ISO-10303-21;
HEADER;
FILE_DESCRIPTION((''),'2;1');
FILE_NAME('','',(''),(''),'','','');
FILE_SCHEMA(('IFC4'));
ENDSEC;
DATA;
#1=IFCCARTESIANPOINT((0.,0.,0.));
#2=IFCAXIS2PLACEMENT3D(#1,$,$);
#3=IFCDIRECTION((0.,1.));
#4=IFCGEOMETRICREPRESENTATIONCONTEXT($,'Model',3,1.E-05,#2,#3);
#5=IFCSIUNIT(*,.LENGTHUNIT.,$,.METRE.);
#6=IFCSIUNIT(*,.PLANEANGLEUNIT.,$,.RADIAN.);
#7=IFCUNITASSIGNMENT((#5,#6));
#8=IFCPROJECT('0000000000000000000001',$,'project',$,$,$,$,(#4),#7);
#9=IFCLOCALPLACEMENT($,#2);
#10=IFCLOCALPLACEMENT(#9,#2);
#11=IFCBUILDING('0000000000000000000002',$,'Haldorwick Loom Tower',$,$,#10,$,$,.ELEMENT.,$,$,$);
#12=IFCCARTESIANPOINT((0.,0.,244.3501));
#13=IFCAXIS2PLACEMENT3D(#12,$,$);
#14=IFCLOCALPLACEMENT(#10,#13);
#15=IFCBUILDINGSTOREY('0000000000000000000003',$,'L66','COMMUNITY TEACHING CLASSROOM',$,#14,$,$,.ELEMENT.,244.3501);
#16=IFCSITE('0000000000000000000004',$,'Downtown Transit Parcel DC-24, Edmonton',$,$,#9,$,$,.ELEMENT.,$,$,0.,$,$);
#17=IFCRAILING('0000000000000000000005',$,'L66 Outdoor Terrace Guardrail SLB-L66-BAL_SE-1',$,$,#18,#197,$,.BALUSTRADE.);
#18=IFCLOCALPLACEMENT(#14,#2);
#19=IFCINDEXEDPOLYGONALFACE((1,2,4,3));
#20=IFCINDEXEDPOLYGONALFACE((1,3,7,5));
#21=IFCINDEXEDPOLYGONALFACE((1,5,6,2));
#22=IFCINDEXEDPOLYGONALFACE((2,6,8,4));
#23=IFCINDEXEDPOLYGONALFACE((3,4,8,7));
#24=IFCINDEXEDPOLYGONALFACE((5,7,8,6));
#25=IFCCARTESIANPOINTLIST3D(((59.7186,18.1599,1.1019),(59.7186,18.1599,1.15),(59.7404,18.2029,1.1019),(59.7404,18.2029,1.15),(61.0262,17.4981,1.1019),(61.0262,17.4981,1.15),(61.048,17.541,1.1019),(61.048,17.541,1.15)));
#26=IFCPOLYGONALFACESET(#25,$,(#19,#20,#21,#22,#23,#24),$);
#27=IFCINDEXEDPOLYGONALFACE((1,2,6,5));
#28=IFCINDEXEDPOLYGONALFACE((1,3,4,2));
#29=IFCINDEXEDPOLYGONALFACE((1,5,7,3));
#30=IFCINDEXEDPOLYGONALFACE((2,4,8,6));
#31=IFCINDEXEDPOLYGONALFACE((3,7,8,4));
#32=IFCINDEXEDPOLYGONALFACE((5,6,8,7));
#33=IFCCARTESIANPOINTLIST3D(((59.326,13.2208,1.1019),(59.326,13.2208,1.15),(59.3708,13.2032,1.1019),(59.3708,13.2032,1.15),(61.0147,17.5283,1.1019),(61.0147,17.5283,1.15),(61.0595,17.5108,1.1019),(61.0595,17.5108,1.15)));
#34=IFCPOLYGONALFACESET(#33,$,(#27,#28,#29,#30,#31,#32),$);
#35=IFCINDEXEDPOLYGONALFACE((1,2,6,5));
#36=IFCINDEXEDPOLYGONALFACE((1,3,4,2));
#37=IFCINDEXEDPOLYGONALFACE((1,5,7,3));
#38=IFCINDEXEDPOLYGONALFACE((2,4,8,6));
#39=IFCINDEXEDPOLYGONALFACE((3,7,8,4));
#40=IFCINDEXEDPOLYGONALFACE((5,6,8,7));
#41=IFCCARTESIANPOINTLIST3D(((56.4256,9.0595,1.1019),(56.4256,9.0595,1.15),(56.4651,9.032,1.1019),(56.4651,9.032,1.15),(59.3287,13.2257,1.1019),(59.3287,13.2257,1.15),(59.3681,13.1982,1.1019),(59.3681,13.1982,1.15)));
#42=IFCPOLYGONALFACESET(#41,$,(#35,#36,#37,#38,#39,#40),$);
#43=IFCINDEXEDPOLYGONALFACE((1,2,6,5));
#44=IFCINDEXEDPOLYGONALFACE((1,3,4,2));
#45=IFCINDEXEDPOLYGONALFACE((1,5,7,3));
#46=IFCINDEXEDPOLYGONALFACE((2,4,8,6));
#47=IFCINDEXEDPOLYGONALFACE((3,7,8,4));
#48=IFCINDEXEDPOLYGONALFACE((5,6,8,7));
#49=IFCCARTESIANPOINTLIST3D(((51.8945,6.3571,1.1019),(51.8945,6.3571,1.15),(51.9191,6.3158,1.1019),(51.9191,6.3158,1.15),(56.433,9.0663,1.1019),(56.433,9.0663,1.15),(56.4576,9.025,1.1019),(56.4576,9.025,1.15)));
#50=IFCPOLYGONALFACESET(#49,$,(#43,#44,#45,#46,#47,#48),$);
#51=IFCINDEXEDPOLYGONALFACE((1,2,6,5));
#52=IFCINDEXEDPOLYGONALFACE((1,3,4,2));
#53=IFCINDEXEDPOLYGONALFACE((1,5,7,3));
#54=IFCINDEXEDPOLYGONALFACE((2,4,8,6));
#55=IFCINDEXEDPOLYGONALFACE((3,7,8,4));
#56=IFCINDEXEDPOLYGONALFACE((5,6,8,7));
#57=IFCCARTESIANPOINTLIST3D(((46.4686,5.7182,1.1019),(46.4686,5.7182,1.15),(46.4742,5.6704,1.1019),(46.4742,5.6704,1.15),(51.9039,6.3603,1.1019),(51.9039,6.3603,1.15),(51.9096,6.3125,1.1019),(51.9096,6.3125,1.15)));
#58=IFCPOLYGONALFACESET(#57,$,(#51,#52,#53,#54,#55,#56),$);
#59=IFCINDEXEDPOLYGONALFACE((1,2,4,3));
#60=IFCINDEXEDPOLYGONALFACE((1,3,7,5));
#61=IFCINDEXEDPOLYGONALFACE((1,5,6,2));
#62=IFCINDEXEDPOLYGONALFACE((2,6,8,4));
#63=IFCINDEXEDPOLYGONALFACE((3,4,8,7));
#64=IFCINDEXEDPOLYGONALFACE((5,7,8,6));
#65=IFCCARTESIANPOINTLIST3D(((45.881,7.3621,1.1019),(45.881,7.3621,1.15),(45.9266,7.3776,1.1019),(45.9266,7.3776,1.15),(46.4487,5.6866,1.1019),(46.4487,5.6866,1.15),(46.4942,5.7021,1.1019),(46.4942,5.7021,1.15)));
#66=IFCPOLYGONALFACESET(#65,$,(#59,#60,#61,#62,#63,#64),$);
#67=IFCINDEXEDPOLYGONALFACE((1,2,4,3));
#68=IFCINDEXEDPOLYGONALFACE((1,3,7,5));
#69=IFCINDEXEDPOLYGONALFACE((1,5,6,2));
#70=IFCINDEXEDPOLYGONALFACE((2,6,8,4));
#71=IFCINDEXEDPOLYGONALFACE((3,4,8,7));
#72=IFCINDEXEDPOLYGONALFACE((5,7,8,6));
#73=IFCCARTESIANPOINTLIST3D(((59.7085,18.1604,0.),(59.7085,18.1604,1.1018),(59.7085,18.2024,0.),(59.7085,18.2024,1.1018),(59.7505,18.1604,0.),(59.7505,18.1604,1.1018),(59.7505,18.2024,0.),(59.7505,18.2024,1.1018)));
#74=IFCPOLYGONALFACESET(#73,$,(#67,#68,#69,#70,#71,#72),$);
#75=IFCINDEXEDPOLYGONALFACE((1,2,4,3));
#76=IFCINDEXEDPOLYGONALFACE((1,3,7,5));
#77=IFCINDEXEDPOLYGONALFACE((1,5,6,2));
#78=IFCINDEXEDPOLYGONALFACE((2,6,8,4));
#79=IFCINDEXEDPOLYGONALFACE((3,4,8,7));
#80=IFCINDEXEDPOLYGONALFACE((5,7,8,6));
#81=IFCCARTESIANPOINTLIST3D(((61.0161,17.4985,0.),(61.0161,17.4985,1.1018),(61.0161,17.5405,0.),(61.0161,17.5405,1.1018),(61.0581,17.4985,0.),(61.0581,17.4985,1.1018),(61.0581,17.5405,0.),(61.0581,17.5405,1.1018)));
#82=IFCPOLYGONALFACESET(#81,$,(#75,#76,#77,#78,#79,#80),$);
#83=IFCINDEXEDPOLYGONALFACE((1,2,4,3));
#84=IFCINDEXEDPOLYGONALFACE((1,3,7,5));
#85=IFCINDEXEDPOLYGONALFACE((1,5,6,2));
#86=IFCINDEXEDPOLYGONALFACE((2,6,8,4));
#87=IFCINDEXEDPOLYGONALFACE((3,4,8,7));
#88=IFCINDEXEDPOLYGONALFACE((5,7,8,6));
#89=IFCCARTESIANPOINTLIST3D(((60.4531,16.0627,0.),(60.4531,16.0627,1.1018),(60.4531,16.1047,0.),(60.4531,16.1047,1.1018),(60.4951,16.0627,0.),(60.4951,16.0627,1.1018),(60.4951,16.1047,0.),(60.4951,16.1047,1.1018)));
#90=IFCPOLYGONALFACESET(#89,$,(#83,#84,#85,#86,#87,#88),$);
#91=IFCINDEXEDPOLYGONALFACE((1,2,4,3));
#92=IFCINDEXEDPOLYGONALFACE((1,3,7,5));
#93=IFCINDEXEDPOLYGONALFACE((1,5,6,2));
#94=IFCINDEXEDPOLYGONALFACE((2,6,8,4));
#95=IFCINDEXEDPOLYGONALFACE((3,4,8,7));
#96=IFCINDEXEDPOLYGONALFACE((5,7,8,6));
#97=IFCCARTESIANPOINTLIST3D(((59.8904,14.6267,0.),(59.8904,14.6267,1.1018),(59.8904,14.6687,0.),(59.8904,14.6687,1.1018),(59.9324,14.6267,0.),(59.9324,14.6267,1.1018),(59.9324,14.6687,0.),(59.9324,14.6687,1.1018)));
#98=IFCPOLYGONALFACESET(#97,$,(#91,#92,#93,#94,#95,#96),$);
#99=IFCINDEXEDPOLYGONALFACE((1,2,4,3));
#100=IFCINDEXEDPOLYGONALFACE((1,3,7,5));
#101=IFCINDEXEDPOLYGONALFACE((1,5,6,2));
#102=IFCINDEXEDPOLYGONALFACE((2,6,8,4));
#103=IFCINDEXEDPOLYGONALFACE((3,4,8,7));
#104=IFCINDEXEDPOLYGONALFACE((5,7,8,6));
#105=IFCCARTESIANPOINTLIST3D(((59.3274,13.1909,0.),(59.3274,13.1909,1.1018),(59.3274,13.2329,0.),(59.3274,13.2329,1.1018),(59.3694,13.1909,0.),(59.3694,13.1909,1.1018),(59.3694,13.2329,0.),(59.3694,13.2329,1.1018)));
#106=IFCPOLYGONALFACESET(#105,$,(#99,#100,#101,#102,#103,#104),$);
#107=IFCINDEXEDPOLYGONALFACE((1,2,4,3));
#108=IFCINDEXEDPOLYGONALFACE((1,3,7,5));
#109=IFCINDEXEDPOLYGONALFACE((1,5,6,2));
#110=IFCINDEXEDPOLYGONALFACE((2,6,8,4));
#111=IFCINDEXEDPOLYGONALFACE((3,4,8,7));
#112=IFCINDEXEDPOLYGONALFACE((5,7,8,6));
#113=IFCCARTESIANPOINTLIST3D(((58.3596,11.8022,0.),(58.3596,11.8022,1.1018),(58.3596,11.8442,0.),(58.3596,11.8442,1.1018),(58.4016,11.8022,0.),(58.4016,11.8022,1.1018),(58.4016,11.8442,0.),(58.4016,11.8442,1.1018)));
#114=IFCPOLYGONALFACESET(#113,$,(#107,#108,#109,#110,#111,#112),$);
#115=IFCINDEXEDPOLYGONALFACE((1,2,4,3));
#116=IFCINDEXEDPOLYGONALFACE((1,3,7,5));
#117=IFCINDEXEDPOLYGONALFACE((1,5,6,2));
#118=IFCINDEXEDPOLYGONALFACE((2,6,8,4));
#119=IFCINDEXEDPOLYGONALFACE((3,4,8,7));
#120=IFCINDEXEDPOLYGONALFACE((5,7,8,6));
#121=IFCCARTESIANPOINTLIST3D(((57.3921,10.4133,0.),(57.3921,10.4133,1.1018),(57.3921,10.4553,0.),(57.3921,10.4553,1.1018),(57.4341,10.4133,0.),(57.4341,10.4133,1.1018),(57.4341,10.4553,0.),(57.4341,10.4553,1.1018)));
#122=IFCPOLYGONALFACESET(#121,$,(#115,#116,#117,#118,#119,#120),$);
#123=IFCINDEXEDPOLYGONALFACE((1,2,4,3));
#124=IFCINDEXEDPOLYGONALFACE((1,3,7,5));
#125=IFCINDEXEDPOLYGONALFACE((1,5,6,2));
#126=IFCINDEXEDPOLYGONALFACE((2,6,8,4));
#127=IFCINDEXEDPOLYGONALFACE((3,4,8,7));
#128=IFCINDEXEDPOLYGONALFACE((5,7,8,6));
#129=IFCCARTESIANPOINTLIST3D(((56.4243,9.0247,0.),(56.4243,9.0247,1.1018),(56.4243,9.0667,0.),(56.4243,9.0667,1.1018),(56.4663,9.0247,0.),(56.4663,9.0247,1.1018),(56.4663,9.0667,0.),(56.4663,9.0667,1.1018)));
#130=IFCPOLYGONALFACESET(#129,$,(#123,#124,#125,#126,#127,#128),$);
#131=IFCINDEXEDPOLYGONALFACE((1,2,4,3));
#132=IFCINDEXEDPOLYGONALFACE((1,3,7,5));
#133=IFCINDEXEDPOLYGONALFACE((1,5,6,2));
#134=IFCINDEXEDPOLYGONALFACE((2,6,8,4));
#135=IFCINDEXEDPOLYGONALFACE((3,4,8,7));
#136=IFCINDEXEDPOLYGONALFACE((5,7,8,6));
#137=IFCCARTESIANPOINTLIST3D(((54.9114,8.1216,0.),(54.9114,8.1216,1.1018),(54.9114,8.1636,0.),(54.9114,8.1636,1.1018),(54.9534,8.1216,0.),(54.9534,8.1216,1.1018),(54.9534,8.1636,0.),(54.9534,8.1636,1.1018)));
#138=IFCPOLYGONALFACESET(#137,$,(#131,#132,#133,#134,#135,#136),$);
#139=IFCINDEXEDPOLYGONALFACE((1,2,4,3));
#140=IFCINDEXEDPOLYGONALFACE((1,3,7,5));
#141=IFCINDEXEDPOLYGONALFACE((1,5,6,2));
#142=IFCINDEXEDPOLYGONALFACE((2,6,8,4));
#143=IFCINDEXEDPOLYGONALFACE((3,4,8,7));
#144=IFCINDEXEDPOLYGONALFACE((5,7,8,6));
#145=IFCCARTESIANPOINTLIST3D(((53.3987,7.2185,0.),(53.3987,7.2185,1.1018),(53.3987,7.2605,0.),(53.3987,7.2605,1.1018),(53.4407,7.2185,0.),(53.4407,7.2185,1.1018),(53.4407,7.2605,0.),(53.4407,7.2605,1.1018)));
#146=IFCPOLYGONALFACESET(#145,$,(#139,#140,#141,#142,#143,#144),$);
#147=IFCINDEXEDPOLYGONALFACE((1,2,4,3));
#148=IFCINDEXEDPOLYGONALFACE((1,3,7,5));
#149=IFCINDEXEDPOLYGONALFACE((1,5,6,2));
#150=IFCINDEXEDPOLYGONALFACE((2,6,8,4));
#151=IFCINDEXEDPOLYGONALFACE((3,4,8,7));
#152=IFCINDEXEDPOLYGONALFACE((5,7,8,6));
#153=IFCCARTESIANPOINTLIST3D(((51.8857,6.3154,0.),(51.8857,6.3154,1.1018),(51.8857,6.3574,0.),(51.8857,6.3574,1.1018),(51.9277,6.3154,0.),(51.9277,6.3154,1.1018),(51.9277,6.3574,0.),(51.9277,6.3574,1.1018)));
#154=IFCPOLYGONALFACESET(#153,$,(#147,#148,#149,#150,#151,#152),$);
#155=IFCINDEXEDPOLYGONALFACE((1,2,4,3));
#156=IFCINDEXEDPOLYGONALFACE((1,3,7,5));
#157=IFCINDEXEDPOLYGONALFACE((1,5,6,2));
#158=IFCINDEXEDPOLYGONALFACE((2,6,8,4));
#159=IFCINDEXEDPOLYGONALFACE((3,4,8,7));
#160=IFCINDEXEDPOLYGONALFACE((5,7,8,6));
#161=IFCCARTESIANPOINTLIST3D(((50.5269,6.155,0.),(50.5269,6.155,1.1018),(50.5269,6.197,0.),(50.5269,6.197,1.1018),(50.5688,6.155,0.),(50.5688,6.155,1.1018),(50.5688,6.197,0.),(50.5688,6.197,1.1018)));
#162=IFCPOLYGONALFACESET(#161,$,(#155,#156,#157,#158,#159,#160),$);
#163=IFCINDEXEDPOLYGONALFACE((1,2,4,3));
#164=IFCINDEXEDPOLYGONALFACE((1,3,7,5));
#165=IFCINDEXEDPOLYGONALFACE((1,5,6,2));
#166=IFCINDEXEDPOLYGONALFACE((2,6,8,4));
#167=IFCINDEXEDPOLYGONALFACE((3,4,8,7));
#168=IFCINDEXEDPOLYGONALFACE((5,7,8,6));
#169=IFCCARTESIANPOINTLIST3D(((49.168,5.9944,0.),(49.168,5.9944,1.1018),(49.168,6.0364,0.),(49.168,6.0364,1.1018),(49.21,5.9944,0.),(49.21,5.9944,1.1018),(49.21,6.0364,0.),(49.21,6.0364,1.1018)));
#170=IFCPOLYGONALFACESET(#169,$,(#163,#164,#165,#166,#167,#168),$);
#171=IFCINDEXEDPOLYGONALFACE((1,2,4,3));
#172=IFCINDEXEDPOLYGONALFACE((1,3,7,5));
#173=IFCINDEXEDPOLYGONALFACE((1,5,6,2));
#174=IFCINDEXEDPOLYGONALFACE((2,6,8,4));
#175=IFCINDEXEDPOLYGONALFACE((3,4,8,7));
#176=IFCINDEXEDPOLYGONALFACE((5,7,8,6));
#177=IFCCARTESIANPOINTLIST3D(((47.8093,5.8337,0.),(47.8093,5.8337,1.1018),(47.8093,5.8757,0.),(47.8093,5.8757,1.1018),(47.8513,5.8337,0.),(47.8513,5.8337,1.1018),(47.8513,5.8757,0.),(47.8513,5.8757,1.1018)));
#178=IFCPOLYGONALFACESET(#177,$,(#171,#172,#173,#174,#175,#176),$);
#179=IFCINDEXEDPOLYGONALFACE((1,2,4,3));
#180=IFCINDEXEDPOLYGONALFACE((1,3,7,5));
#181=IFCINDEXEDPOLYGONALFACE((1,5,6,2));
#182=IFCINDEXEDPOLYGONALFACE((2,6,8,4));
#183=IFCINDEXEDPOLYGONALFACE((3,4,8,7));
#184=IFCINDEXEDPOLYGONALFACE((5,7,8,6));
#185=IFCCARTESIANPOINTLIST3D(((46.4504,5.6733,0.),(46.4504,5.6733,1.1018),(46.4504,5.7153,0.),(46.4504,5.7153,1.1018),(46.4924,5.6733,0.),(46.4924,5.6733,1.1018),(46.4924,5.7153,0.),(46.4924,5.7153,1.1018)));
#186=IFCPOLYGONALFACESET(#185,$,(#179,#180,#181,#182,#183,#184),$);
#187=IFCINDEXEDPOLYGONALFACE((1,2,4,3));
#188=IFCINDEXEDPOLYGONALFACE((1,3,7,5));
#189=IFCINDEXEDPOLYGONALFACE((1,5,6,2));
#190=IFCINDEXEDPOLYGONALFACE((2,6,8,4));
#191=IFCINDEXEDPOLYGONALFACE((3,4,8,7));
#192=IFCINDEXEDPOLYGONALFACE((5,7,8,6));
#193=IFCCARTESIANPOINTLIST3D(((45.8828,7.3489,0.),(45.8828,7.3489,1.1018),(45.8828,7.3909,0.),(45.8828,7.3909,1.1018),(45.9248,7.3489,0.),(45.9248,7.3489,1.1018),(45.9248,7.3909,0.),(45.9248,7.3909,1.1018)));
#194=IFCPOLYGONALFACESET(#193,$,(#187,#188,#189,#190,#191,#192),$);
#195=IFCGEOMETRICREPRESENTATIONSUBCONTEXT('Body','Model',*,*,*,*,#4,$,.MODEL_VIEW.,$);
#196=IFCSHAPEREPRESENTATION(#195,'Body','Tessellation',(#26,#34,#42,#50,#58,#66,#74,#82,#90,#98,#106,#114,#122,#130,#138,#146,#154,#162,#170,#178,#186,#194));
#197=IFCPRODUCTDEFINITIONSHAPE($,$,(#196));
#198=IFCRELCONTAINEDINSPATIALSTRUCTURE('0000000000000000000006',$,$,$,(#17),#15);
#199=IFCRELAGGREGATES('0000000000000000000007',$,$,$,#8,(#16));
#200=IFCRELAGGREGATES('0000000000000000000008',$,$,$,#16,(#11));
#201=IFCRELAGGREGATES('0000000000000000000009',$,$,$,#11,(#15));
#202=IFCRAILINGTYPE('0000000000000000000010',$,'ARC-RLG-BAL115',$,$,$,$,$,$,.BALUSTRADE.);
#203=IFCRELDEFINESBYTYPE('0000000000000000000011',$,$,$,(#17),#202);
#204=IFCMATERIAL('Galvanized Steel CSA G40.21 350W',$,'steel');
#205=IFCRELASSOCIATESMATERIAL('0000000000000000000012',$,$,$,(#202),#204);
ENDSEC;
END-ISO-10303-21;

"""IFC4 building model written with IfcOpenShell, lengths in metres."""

from ifc_helpers import new_model, si_unit, direction, frame, origin, origin_2d, place, context, subcontext, project, spatial, rectangle, extrude, material, type_object, element, save


model = new_model("IFC4")

# Units and contexts
model_context = context("Model", 3, precision=1e-05, world=origin(), true_north=direction((0.0, 1.0)))
body_context = subcontext(model_context, "Body", "Model", "MODEL_VIEW")
ifc_project = project(units=[si_unit("LENGTHUNIT", "METRE"), si_unit("PLANEANGLEUNIT", "RADIAN")], contexts=[model_context])

# Site, building, storey
site_placement = place(None, origin())
site = spatial("IfcSite", under=ifc_project, at=site_placement, Name="Downtown Transit Parcel DC-24, Edmonton", CompositionType="ELEMENT", RefElevation=0.0)
building_placement = place(site_placement, origin())
building = spatial("IfcBuilding", under=site, at=building_placement, Name="Haldorwick Loom Tower", CompositionType="ELEMENT")
storey_placement = place(building_placement, frame((0.0, 0.0, 244.3501)))
storey = spatial("IfcBuildingStorey", under=building, at=storey_placement, Name="L66", Description="COMMUNITY TEACHING CLASSROOM", CompositionType="ELEMENT", Elevation=244.3501)

# Railing
ifc_material_1 = material(Name="Galvanized Steel CSA G40.21 350W", Category="steel")
railing_type = type_object("IfcRailingType", Name="ARC-RLG-BAL115", PredefinedType="BALUSTRADE", material=ifc_material_1)
railing_placement = place(storey_placement, frame((59.7295, 18.1814, 0.0)))
element("IfcRailing", 1, at=railing_placement, inside=storey, type_object=railing_type, Name="L66 Outdoor Terrace Guardrail SLB-L66-BAL_SE-1", PredefinedType="BALUSTRADE", context=body_context, shape_type="SweptSolid", body=[
    extrude(rectangle(XDim=0.0481, YDim=0.0481, at=origin_2d()), frame((0.0, 0.0, 1.126), z_axis=(0.892217, -0.451606, 0.0), x_axis=(0.451606, 0.892217, 0.0)), (0.0, 0.0, 1.0), 1.4656),
    extrude(rectangle(XDim=0.0481, YDim=0.0481, at=origin_2d()), frame((1.3076, -0.6619, 1.126), z_axis=(-0.364986, -0.931013, 0.0), x_axis=(0.931013, -0.364986, 0.0)), (0.0, 0.0, 1.0), 4.6267),
    extrude(rectangle(XDim=0.0481, YDim=0.0481, at=origin_2d()), frame((-0.3811, -4.9695, 1.126), z_axis=(-0.571702, -0.820461, 0.0), x_axis=(0.820461, -0.571702, 0.0)), (0.0, 0.0, 1.0), 5.0779),
    extrude(rectangle(XDim=0.0481, YDim=0.0481, at=origin_2d()), frame((-3.2842, -9.1357, 1.126), z_axis=(-0.858652, -0.512559, 0.0), x_axis=(0.512559, -0.858652, 0.0)), (0.0, 0.0, 1.0), 5.2856),
    extrude(rectangle(XDim=0.0481, YDim=0.0481, at=origin_2d()), frame((-7.8228, -11.845, 1.126), z_axis=(-0.993094, -0.117317, 0.0), x_axis=(0.117317, -0.993094, 0.0)), (0.0, 0.0, 1.0), 5.4731),
    extrude(rectangle(XDim=0.0481, YDim=0.0481, at=origin_2d()), frame((-13.2581, -12.4871, 1.126), z_axis=(-0.320861, 0.947126, 0.0), x_axis=(-0.947126, -0.320861, 0.0)), (0.0, 0.0, 1.0), 1.769),
    extrude(rectangle(XDim=0.042, YDim=0.042, at=origin_2d()), origin(), (0.0, 0.0, 1.0), 1.1018),
    extrude(rectangle(XDim=0.042, YDim=0.042, at=origin_2d()), frame((1.3076, -0.6619, 0.0)), (0.0, 0.0, 1.0), 1.1018),
    extrude(rectangle(XDim=0.042, YDim=0.042, at=origin_2d()), frame((0.7446, -2.0977, 0.0)), (0.0, 0.0, 1.0), 1.1018),
    extrude(rectangle(XDim=0.042, YDim=0.042, at=origin_2d()), frame((0.1819, -3.5337, 0.0)), (0.0, 0.0, 1.0), 1.1018),
    extrude(rectangle(XDim=0.042, YDim=0.042, at=origin_2d()), frame((-0.3811, -4.9695, 0.0)), (0.0, 0.0, 1.0), 1.1018),
    extrude(rectangle(XDim=0.042, YDim=0.042, at=origin_2d()), frame((-1.3489, -6.3582, 0.0)), (0.0, 0.0, 1.0), 1.1018),
    extrude(rectangle(XDim=0.042, YDim=0.042, at=origin_2d()), frame((-2.3164, -7.7471, 0.0)), (0.0, 0.0, 1.0), 1.1018),
    extrude(rectangle(XDim=0.042, YDim=0.042, at=origin_2d()), frame((-3.2842, -9.1357, 0.0)), (0.0, 0.0, 1.0), 1.1018),
    extrude(rectangle(XDim=0.042, YDim=0.042, at=origin_2d()), frame((-4.7971, -10.0388, 0.0)), (0.0, 0.0, 1.0), 1.1018),
    extrude(rectangle(XDim=0.042, YDim=0.042, at=origin_2d()), frame((-6.3098, -10.9419, 0.0)), (0.0, 0.0, 1.0), 1.1018),
    extrude(rectangle(XDim=0.042, YDim=0.042, at=origin_2d()), frame((-7.8228, -11.845, 0.0)), (0.0, 0.0, 1.0), 1.1018),
    extrude(rectangle(XDim=0.042, YDim=0.042, at=origin_2d()), frame((-9.1816, -12.0054, 0.0)), (0.0, 0.0, 1.0), 1.1018),
    extrude(rectangle(XDim=0.042, YDim=0.042, at=origin_2d()), frame((-10.5405, -12.166, 0.0)), (0.0, 0.0, 1.0), 1.1018),
    extrude(rectangle(XDim=0.042, YDim=0.042, at=origin_2d()), frame((-11.8992, -12.3267, 0.0)), (0.0, 0.0, 1.0), 1.1018),
    extrude(rectangle(XDim=0.042, YDim=0.042, at=origin_2d()), frame((-13.2581, -12.4871, 0.0)), (0.0, 0.0, 1.0), 1.1018),
    extrude(rectangle(XDim=0.042, YDim=0.042, at=origin_2d()), frame((-13.8257, -10.8115, 0.0)), (0.0, 0.0, 1.0), 1.1018),
])

save(model, "model.ifc")
